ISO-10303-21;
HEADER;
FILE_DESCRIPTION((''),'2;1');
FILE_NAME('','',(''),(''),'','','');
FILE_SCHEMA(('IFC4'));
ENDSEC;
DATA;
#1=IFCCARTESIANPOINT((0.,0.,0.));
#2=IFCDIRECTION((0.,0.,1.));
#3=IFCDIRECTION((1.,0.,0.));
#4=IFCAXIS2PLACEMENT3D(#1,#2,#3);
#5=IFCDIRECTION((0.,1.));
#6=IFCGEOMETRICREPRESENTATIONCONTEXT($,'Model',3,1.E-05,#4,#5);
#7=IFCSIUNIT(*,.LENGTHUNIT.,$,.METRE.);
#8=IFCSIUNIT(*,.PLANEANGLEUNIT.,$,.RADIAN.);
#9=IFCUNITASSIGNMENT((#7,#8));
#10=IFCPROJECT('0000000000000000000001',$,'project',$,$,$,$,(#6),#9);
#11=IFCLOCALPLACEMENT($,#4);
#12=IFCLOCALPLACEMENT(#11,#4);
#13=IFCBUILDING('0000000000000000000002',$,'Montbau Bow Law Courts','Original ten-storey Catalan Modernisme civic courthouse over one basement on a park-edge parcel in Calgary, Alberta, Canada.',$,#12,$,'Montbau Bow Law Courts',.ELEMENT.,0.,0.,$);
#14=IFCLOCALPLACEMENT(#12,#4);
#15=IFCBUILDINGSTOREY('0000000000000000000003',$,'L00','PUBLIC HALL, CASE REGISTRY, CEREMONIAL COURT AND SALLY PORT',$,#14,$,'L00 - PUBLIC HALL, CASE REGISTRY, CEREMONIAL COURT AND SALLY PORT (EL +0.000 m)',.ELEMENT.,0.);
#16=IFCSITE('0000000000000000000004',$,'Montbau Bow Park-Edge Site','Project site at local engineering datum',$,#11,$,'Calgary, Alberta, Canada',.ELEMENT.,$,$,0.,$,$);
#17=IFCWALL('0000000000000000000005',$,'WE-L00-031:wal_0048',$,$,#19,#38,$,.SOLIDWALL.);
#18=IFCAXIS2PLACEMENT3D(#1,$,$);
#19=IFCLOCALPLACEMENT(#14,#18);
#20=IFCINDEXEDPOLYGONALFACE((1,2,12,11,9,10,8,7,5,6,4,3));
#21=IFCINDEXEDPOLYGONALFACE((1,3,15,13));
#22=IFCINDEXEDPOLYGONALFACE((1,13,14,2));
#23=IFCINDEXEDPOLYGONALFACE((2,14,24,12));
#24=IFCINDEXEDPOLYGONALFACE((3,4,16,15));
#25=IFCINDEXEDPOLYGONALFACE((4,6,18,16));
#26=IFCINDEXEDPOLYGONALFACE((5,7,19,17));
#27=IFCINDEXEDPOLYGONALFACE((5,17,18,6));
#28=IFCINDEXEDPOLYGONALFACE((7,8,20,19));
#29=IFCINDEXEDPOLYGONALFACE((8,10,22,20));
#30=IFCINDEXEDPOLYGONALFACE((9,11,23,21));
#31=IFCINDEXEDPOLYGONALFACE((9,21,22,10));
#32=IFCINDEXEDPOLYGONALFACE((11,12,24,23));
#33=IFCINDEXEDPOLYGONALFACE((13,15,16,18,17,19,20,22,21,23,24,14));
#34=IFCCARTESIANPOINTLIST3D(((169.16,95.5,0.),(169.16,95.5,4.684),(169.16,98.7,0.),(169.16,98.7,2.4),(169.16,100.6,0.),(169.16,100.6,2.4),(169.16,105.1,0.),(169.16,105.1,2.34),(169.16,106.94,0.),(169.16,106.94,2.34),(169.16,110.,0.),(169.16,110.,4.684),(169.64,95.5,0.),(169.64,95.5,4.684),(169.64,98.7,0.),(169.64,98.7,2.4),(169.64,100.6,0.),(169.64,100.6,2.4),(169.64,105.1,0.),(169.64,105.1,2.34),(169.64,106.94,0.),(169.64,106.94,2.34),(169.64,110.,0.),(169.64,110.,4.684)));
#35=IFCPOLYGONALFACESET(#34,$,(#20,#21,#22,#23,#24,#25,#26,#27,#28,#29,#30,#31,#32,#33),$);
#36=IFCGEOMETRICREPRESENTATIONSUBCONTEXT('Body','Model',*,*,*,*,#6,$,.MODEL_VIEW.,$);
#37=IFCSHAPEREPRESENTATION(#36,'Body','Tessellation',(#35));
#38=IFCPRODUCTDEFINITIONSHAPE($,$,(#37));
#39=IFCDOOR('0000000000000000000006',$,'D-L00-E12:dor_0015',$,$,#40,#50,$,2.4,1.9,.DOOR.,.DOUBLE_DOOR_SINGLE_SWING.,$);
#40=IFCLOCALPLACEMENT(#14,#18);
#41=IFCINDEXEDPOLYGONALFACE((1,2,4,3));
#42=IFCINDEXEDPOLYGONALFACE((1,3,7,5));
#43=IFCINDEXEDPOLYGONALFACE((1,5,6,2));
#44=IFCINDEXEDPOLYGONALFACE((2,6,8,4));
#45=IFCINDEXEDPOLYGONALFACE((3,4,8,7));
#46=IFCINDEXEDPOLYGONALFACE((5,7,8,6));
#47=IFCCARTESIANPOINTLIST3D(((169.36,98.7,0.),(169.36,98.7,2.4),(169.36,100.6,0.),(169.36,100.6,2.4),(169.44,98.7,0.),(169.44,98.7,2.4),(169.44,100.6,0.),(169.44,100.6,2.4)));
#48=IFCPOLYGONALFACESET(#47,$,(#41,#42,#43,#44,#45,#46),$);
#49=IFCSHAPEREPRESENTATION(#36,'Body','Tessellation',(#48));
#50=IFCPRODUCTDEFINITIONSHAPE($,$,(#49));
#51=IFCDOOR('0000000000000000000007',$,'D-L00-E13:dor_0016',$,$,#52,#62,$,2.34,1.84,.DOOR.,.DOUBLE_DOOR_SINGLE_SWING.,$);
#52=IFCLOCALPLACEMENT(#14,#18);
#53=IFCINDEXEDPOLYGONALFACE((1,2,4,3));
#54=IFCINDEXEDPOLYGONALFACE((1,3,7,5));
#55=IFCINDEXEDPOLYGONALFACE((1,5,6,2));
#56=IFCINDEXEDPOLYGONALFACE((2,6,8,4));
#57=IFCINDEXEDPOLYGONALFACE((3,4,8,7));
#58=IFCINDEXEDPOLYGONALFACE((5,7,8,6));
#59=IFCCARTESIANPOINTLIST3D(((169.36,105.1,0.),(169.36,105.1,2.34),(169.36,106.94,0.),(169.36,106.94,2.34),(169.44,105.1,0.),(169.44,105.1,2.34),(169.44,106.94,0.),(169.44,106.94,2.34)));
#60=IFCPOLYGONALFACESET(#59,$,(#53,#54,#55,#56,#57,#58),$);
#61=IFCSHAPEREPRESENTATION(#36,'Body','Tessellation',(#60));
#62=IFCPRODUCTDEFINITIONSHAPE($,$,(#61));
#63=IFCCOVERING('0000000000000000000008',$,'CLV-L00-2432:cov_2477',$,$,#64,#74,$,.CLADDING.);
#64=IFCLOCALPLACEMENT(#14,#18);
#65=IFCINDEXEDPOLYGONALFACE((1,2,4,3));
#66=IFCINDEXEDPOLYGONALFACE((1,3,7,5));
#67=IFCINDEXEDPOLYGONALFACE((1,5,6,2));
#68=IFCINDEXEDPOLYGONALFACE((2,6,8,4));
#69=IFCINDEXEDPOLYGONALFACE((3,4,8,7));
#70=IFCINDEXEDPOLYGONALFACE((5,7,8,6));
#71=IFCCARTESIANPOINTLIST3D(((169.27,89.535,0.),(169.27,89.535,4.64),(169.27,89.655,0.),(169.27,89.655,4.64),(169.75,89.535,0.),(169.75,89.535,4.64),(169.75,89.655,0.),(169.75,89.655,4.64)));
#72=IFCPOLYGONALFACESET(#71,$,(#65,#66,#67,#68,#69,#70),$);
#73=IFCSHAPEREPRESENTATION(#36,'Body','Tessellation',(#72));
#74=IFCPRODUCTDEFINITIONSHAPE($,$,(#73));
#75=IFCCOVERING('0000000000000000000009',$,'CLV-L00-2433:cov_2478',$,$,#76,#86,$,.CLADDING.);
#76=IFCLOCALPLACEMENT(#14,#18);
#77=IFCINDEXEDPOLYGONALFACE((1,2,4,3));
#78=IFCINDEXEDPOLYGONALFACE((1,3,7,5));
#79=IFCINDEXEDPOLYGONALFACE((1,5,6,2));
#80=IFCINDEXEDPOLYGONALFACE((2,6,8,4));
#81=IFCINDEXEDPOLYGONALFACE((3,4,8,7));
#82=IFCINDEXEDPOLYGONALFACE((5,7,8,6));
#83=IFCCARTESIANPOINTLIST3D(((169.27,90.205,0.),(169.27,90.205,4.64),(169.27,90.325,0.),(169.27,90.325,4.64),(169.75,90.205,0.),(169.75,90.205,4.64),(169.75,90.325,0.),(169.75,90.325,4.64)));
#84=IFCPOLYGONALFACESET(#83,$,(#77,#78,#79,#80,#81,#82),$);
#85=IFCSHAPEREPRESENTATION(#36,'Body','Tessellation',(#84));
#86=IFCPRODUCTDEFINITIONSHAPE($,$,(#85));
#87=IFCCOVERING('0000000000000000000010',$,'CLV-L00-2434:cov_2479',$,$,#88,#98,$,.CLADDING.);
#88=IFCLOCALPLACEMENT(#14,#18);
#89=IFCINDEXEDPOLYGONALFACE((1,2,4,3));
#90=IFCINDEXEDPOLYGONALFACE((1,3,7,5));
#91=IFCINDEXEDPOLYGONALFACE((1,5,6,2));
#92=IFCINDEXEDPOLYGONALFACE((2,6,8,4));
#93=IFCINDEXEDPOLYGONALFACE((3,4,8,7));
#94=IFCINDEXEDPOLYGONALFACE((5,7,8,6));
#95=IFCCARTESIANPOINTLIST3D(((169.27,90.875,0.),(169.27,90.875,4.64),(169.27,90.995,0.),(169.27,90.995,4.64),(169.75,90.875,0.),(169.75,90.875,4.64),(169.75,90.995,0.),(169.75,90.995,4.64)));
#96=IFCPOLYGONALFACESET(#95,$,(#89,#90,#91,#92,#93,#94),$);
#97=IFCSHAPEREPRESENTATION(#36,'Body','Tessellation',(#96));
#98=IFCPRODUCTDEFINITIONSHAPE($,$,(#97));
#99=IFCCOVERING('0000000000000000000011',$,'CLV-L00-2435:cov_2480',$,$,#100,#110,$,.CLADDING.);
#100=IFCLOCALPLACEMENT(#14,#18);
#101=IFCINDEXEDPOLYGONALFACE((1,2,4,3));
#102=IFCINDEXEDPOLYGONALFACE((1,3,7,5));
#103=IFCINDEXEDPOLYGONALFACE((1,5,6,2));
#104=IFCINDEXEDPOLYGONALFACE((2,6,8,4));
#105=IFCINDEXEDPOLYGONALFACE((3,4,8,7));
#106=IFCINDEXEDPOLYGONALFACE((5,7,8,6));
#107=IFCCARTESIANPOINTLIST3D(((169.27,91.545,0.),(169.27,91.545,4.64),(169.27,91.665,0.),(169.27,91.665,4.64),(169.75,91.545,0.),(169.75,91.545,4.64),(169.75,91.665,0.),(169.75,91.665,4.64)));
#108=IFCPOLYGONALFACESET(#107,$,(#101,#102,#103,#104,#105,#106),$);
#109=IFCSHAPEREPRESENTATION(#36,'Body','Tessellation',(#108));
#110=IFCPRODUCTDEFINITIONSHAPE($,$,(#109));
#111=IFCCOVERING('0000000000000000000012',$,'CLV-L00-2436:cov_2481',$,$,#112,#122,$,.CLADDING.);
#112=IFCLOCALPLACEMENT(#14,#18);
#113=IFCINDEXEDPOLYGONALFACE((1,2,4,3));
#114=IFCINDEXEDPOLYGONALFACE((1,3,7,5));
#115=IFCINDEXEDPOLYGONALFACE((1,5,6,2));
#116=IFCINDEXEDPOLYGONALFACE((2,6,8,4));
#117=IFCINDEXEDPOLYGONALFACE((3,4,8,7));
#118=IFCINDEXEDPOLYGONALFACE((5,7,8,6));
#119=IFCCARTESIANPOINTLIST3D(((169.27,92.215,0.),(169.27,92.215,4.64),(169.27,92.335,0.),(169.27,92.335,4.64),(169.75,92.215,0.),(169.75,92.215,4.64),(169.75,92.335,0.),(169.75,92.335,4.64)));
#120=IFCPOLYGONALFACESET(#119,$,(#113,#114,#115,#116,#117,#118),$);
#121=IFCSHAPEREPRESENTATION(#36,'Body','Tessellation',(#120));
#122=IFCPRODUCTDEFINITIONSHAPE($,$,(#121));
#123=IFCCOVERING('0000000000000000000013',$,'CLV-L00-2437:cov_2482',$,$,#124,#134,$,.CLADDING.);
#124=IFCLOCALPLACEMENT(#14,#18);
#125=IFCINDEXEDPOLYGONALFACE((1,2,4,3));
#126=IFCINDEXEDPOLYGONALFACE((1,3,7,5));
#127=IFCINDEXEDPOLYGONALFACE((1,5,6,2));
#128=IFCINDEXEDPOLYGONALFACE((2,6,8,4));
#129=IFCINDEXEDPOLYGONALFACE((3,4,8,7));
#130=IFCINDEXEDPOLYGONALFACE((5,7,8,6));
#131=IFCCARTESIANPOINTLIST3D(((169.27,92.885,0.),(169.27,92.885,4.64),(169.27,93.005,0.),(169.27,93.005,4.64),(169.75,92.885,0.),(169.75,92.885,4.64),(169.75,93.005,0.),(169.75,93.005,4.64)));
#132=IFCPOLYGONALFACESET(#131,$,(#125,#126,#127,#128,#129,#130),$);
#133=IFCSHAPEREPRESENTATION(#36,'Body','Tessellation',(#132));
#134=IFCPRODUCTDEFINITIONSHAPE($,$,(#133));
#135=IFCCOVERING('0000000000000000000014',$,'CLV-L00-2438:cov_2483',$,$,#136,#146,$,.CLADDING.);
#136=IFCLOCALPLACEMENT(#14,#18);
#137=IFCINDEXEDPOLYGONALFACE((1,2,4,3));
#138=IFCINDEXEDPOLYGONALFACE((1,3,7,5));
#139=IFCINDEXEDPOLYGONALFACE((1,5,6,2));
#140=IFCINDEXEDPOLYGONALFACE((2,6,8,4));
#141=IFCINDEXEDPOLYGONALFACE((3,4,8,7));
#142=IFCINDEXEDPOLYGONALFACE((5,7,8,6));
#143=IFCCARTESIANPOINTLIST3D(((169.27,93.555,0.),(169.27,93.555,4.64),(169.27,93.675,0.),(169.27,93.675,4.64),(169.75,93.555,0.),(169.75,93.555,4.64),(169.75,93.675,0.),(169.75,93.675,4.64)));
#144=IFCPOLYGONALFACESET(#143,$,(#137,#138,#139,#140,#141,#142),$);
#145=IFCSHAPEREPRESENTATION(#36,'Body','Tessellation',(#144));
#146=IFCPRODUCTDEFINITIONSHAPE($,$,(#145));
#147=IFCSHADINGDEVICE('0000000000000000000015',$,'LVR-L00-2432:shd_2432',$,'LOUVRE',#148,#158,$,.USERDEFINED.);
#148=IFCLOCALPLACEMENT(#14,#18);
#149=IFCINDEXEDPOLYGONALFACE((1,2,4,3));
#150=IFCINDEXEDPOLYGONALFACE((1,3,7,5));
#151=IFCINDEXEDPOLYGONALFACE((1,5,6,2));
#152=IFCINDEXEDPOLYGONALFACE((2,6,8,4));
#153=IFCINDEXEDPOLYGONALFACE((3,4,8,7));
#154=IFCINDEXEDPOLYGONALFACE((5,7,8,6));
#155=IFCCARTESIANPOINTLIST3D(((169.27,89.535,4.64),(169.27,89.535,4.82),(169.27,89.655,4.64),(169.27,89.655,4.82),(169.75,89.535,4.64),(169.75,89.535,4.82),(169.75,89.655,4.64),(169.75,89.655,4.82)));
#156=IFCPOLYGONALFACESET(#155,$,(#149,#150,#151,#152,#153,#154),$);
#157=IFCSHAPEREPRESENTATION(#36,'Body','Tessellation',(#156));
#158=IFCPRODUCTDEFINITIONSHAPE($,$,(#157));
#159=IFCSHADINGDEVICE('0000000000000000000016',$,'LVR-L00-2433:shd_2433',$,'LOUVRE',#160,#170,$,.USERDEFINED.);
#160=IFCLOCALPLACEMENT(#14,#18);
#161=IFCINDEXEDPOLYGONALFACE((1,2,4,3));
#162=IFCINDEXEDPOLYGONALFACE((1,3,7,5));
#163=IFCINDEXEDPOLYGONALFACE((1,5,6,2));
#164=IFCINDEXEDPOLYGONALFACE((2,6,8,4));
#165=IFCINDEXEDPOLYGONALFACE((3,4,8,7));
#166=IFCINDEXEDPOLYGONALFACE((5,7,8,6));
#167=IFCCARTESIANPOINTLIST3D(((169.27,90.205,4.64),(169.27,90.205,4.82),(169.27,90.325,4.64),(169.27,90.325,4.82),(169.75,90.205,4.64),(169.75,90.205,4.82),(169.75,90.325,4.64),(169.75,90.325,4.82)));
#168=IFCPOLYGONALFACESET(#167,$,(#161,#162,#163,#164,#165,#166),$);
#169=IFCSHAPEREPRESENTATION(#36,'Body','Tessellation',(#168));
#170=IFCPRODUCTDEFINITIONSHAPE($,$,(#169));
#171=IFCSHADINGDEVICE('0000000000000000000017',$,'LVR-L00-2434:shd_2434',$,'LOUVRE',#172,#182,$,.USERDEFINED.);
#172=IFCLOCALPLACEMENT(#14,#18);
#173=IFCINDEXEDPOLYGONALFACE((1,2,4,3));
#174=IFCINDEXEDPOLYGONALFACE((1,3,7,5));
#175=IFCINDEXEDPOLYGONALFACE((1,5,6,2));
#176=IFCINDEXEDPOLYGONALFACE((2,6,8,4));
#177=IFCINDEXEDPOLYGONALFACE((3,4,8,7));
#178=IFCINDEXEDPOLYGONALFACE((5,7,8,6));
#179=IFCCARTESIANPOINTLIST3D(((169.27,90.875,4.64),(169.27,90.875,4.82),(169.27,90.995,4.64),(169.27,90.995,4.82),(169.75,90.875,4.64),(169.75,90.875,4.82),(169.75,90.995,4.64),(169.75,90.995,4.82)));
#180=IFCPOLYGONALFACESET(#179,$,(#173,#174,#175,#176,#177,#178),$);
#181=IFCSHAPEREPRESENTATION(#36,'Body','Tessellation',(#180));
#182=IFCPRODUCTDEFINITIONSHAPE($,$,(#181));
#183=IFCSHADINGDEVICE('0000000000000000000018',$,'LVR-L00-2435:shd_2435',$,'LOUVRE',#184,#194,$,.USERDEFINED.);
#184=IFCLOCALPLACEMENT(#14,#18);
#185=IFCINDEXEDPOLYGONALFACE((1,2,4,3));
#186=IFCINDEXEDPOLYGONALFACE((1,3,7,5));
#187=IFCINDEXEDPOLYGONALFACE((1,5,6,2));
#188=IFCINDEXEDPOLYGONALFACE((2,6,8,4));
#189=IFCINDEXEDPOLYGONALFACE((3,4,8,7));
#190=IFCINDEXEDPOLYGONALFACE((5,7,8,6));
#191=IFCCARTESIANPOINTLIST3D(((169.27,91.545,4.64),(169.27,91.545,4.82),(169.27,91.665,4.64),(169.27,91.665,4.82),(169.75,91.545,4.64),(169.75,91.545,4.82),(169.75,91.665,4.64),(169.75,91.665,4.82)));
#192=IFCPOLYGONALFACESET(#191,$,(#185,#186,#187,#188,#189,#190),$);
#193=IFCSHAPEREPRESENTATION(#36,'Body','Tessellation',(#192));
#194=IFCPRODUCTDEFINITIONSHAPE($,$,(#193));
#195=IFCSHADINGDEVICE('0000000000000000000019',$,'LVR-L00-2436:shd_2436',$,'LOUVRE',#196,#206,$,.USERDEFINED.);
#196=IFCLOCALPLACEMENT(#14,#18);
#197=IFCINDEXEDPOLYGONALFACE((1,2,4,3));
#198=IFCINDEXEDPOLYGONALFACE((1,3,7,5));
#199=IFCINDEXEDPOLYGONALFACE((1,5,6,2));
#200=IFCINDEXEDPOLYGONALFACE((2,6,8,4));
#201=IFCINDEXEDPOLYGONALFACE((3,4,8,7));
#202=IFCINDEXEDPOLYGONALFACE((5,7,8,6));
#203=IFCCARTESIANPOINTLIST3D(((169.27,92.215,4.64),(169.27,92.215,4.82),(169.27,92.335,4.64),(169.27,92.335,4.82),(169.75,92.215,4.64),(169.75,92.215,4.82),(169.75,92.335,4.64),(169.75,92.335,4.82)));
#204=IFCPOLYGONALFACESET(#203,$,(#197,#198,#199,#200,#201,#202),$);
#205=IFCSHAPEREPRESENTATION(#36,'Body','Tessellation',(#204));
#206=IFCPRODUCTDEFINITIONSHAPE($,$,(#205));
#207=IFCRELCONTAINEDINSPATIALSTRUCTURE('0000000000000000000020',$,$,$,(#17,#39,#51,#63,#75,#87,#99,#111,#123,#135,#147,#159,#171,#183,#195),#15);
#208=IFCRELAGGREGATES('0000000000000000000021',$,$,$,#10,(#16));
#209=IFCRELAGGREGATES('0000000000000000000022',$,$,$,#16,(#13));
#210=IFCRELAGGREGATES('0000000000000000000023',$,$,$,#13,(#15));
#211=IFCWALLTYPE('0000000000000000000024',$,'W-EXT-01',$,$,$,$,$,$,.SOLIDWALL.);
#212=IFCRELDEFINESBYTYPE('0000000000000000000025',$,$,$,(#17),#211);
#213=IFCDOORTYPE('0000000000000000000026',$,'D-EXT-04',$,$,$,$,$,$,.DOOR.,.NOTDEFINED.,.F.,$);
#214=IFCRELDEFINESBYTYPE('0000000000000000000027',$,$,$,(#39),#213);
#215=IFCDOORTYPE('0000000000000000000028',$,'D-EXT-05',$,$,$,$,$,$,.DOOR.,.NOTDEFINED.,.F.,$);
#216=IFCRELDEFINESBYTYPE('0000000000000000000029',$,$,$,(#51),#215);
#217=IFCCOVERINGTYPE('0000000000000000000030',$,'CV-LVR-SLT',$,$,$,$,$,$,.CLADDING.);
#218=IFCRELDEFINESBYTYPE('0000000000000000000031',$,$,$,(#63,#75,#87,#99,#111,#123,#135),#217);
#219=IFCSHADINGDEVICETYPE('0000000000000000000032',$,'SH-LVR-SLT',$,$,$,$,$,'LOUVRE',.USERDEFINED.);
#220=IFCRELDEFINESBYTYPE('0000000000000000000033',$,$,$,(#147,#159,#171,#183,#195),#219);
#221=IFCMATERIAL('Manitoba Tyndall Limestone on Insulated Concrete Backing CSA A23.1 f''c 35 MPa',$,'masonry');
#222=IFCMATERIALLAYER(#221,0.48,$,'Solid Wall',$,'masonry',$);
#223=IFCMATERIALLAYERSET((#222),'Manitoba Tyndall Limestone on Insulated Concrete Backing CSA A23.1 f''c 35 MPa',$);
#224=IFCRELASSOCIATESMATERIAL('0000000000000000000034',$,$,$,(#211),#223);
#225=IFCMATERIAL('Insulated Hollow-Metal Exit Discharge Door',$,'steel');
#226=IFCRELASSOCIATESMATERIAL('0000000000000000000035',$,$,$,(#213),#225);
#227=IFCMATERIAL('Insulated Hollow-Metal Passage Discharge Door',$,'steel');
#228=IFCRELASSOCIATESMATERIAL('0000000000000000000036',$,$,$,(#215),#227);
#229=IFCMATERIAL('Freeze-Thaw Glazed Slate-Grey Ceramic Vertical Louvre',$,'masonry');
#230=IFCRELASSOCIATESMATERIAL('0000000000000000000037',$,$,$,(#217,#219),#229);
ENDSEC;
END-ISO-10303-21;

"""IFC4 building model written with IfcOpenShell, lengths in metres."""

from ifc_helpers import new_model, si_unit, direction, frame, frame_2d, origin_with_axes, origin_2d_with_axis, place, context, subcontext, project, spatial, rectangle, extrude, material, layer, layer_set, type_object, element, fill, save


model = new_model("IFC4")

# Units and contexts
model_context = context("Model", 3, precision=1e-05, world=origin_with_axes(), true_north=direction((0.0, 1.0)))
body_context = subcontext(model_context, "Body", "Model", "MODEL_VIEW")
ifc_project = project(units=[si_unit("LENGTHUNIT", "METRE"), si_unit("PLANEANGLEUNIT", "RADIAN")], contexts=[model_context])

# Site, building, storey
site_placement = place(None, origin_with_axes())
site = spatial("IfcSite", under=ifc_project, at=site_placement, Name="Montbau Bow Park-Edge Site", Description="Project site at local engineering datum", LongName="Calgary, Alberta, Canada", CompositionType="ELEMENT", RefElevation=0.0)
building_placement = place(site_placement, origin_with_axes())
building = spatial("IfcBuilding", under=site, at=building_placement, Name="Montbau Bow Law Courts", Description="Original ten-storey Catalan Modernisme civic courthouse over one basement on a park-edge parcel in Calgary, Alberta, Canada.", LongName="Montbau Bow Law Courts", CompositionType="ELEMENT", ElevationOfRefHeight=0.0, ElevationOfTerrain=0.0)
storey_placement = place(building_placement, origin_with_axes())
storey = spatial("IfcBuildingStorey", under=building, at=storey_placement, Name="L00", Description="PUBLIC HALL, CASE REGISTRY, CEREMONIAL COURT AND SALLY PORT", LongName="L00 - PUBLIC HALL, CASE REGISTRY, CEREMONIAL COURT AND SALLY PORT (EL +0.000 m)", CompositionType="ELEMENT", Elevation=0.0)

# Wall, openings, doors
ifc_material_1 = material(Name="Manitoba Tyndall Limestone on Insulated Concrete Backing CSA A23.1 f'c 35 MPa", Category="masonry")
ifc_layer_1 = layer(ifc_material_1, 0.48, Name="Solid Wall", Category="masonry")
ifc_layer_set_1 = layer_set([ifc_layer_1], Name="Manitoba Tyndall Limestone on Insulated Concrete Backing CSA A23.1 f'c 35 MPa")
wall_type = type_object("IfcWallType", Name="W-EXT-01", PredefinedType="SOLIDWALL", material=ifc_layer_set_1)
wall_placement = place(None, frame((169.4, 95.5, 0.0), z_axis=(0.0, 0.0, 1.0), x_axis=(0.0, 1.0, 0.0)))
wall = element("IfcWall", 1, at=wall_placement, inside=storey, type_object=wall_type, Name="WE-L00-031:wal_0048", PredefinedType="SOLIDWALL", context=body_context, shape_type="SweptSolid", body=[
    extrude(rectangle(XDim=14.5, YDim=0.48, at=frame_2d((7.25, 0.0), x_axis=(1.0, 0.0))), origin_with_axes(), (0.0, 0.0, 1.0), 4.684),
])
opening_1_placement = place(None, frame((169.4, 99.65, 0.0), z_axis=(0.0, 0.0, 1.0), x_axis=(0.0, 1.0, 0.0)))
opening_1 = element("IfcOpeningElement", 2, at=opening_1_placement, cuts=wall, PredefinedType="OPENING", context=body_context, shape_type="SweptSolid", body=[
    extrude(rectangle(XDim=1.9, YDim=2.4, at=frame_2d((0.0, 1.2), x_axis=(1.0, 0.0))), frame((0.0, 0.25, 0.0), z_axis=(0.0, -1.0, 0.0), x_axis=(1.0, 0.0, 0.0)), (0.0, 0.0, 1.0), 0.5),
])
opening_2_placement = place(None, frame((169.4, 106.02, 0.0), z_axis=(0.0, 0.0, 1.0), x_axis=(0.0, 1.0, 0.0)))
opening_2 = element("IfcOpeningElement", 3, at=opening_2_placement, cuts=wall, PredefinedType="OPENING", context=body_context, shape_type="SweptSolid", body=[
    extrude(rectangle(XDim=1.84, YDim=2.34, at=frame_2d((0.0, 1.17), x_axis=(1.0, 0.0))), frame((0.0, 0.25, 0.0), z_axis=(0.0, -1.0, 0.0), x_axis=(1.0, 0.0, 0.0)), (0.0, 0.0, 1.0), 0.5),
])
ifc_material_2 = material(Name="Insulated Hollow-Metal Exit Discharge Door", Category="steel")
door_type_1 = type_object("IfcDoorType", Name="D-EXT-04", OperationType="NOTDEFINED", ParameterTakesPrecedence=False, PredefinedType="DOOR", material=ifc_material_2)
door_1_placement = place(None, frame((169.4, 99.65, 0.0), z_axis=(0.0, 0.0, 1.0), x_axis=(0.0, -1.0, 0.0)))
door_1 = element("IfcDoor", 4, at=door_1_placement, inside=storey, type_object=door_type_1, Name="D-L00-E12:dor_0015", OperationType="DOUBLE_DOOR_SINGLE_SWING", OverallHeight=2.4, OverallWidth=1.9, PredefinedType="DOOR", context=body_context, shape_type="SweptSolid", body=[
    extrude(rectangle(XDim=1.9, YDim=2.4, at=frame_2d((0.0, 1.2), x_axis=(1.0, 0.0))), frame((0.0, 0.04, 0.0), z_axis=(0.0, -1.0, 0.0), x_axis=(1.0, 0.0, 0.0)), (0.0, 0.0, 1.0), 0.08),
])
fill(opening_1, door_1)
ifc_material_3 = material(Name="Insulated Hollow-Metal Passage Discharge Door", Category="steel")
door_type_2 = type_object("IfcDoorType", Name="D-EXT-05", OperationType="NOTDEFINED", ParameterTakesPrecedence=False, PredefinedType="DOOR", material=ifc_material_3)
door_2_placement = place(None, frame((169.4, 106.02, 0.0), z_axis=(0.0, 0.0, 1.0), x_axis=(0.0, -1.0, 0.0)))
door_2 = element("IfcDoor", 5, at=door_2_placement, inside=storey, type_object=door_type_2, Name="D-L00-E13:dor_0016", OperationType="DOUBLE_DOOR_SINGLE_SWING", OverallHeight=2.34, OverallWidth=1.84, PredefinedType="DOOR", context=body_context, shape_type="SweptSolid", body=[
    extrude(rectangle(XDim=1.84, YDim=2.34, at=frame_2d((0.0, 1.17), x_axis=(1.0, 0.0))), frame((0.0, 0.04, 0.0), z_axis=(0.0, -1.0, 0.0), x_axis=(1.0, 0.0, 0.0)), (0.0, 0.0, 1.0), 0.08),
])
fill(opening_2, door_2)

# Coverings
ifc_material_4 = material(Name="Freeze-Thaw Glazed Slate-Grey Ceramic Vertical Louvre", Category="masonry")
covering_type = type_object("IfcCoveringType", Name="CV-LVR-SLT", PredefinedType="CLADDING", material=ifc_material_4)
for number, where, z_axis, x_axis, name in (
    (6, (169.27, 89.595, 0.0), (0.0, -1.0, 0.0), (1.0, 0.0, 0.0), "CLV-L00-2432:cov_2477"),
    (7, (169.27, 90.265, 0.0), (0.0, -1.0, 0.0), (1.0, 0.0, 0.0), "CLV-L00-2433:cov_2478"),
    (8, (169.27, 90.935, 0.0), (0.0, -1.0, 0.0), (1.0, 0.0, 0.0), "CLV-L00-2434:cov_2479"),
    (9, (169.27, 91.605, 0.0), (0.0, -1.0, 0.0), (1.0, 0.0, 0.0), "CLV-L00-2435:cov_2480"),
    (10, (169.27, 92.275, 0.0), (0.0, -1.0, 0.0), (1.0, 0.0, 0.0), "CLV-L00-2436:cov_2481"),
    (11, (169.27, 92.945, 0.0), (0.0, -1.0, 0.0), (1.0, 0.0, 0.0), "CLV-L00-2437:cov_2482"),
    (12, (169.27, 93.615, 0.0), (0.0, -1.0, 0.0), (1.0, 0.0, 0.0), "CLV-L00-2438:cov_2483"),
):
    element("IfcCovering", number, at=place(None, frame(where, z_axis=z_axis, x_axis=x_axis)), inside=storey, type_object=covering_type, Name=name, PredefinedType="CLADDING", context=body_context, shape_type="SweptSolid", body=[
        extrude(rectangle(XDim=0.48, YDim=4.64, at=frame_2d((0.24, 2.32), x_axis=(1.0, 0.0))), frame((0.0, 0.0, -0.06), z_axis=(0.0, 0.0, 1.0), x_axis=(1.0, 0.0, 0.0)), (0.0, 0.0, 1.0), 0.12),
    ])

# Shading devices
shading_device_type = type_object("IfcShadingDeviceType", Name="SH-LVR-SLT", ElementType="LOUVRE", PredefinedType="USERDEFINED", material=ifc_material_4)
for number, where, z_axis, x_axis, name in (
    (13, (169.51, 89.595, 4.64), (0.0, 0.0, 1.0), (1.0, 0.0, 0.0), "LVR-L00-2432:shd_2432"),
    (14, (169.51, 90.265, 4.64), (0.0, 0.0, 1.0), (1.0, 0.0, 0.0), "LVR-L00-2433:shd_2433"),
    (15, (169.51, 90.935, 4.64), (0.0, 0.0, 1.0), (1.0, 0.0, 0.0), "LVR-L00-2434:shd_2434"),
    (16, (169.51, 91.605, 4.64), (0.0, 0.0, 1.0), (1.0, 0.0, 0.0), "LVR-L00-2435:shd_2435"),
    (17, (169.51, 92.275, 4.64), (0.0, 0.0, 1.0), (1.0, 0.0, 0.0), "LVR-L00-2436:shd_2436"),
):
    element("IfcShadingDevice", number, at=place(None, frame(where, z_axis=z_axis, x_axis=x_axis)), inside=storey, type_object=shading_device_type, Name=name, ObjectType="LOUVRE", PredefinedType="USERDEFINED", context=body_context, shape_type="SweptSolid", body=[
        extrude(rectangle(XDim=0.48, YDim=0.12, at=origin_2d_with_axis()), origin_with_axes(), (0.0, 0.0, 1.0), 0.18),
    ])

save(model, "model.ifc")
